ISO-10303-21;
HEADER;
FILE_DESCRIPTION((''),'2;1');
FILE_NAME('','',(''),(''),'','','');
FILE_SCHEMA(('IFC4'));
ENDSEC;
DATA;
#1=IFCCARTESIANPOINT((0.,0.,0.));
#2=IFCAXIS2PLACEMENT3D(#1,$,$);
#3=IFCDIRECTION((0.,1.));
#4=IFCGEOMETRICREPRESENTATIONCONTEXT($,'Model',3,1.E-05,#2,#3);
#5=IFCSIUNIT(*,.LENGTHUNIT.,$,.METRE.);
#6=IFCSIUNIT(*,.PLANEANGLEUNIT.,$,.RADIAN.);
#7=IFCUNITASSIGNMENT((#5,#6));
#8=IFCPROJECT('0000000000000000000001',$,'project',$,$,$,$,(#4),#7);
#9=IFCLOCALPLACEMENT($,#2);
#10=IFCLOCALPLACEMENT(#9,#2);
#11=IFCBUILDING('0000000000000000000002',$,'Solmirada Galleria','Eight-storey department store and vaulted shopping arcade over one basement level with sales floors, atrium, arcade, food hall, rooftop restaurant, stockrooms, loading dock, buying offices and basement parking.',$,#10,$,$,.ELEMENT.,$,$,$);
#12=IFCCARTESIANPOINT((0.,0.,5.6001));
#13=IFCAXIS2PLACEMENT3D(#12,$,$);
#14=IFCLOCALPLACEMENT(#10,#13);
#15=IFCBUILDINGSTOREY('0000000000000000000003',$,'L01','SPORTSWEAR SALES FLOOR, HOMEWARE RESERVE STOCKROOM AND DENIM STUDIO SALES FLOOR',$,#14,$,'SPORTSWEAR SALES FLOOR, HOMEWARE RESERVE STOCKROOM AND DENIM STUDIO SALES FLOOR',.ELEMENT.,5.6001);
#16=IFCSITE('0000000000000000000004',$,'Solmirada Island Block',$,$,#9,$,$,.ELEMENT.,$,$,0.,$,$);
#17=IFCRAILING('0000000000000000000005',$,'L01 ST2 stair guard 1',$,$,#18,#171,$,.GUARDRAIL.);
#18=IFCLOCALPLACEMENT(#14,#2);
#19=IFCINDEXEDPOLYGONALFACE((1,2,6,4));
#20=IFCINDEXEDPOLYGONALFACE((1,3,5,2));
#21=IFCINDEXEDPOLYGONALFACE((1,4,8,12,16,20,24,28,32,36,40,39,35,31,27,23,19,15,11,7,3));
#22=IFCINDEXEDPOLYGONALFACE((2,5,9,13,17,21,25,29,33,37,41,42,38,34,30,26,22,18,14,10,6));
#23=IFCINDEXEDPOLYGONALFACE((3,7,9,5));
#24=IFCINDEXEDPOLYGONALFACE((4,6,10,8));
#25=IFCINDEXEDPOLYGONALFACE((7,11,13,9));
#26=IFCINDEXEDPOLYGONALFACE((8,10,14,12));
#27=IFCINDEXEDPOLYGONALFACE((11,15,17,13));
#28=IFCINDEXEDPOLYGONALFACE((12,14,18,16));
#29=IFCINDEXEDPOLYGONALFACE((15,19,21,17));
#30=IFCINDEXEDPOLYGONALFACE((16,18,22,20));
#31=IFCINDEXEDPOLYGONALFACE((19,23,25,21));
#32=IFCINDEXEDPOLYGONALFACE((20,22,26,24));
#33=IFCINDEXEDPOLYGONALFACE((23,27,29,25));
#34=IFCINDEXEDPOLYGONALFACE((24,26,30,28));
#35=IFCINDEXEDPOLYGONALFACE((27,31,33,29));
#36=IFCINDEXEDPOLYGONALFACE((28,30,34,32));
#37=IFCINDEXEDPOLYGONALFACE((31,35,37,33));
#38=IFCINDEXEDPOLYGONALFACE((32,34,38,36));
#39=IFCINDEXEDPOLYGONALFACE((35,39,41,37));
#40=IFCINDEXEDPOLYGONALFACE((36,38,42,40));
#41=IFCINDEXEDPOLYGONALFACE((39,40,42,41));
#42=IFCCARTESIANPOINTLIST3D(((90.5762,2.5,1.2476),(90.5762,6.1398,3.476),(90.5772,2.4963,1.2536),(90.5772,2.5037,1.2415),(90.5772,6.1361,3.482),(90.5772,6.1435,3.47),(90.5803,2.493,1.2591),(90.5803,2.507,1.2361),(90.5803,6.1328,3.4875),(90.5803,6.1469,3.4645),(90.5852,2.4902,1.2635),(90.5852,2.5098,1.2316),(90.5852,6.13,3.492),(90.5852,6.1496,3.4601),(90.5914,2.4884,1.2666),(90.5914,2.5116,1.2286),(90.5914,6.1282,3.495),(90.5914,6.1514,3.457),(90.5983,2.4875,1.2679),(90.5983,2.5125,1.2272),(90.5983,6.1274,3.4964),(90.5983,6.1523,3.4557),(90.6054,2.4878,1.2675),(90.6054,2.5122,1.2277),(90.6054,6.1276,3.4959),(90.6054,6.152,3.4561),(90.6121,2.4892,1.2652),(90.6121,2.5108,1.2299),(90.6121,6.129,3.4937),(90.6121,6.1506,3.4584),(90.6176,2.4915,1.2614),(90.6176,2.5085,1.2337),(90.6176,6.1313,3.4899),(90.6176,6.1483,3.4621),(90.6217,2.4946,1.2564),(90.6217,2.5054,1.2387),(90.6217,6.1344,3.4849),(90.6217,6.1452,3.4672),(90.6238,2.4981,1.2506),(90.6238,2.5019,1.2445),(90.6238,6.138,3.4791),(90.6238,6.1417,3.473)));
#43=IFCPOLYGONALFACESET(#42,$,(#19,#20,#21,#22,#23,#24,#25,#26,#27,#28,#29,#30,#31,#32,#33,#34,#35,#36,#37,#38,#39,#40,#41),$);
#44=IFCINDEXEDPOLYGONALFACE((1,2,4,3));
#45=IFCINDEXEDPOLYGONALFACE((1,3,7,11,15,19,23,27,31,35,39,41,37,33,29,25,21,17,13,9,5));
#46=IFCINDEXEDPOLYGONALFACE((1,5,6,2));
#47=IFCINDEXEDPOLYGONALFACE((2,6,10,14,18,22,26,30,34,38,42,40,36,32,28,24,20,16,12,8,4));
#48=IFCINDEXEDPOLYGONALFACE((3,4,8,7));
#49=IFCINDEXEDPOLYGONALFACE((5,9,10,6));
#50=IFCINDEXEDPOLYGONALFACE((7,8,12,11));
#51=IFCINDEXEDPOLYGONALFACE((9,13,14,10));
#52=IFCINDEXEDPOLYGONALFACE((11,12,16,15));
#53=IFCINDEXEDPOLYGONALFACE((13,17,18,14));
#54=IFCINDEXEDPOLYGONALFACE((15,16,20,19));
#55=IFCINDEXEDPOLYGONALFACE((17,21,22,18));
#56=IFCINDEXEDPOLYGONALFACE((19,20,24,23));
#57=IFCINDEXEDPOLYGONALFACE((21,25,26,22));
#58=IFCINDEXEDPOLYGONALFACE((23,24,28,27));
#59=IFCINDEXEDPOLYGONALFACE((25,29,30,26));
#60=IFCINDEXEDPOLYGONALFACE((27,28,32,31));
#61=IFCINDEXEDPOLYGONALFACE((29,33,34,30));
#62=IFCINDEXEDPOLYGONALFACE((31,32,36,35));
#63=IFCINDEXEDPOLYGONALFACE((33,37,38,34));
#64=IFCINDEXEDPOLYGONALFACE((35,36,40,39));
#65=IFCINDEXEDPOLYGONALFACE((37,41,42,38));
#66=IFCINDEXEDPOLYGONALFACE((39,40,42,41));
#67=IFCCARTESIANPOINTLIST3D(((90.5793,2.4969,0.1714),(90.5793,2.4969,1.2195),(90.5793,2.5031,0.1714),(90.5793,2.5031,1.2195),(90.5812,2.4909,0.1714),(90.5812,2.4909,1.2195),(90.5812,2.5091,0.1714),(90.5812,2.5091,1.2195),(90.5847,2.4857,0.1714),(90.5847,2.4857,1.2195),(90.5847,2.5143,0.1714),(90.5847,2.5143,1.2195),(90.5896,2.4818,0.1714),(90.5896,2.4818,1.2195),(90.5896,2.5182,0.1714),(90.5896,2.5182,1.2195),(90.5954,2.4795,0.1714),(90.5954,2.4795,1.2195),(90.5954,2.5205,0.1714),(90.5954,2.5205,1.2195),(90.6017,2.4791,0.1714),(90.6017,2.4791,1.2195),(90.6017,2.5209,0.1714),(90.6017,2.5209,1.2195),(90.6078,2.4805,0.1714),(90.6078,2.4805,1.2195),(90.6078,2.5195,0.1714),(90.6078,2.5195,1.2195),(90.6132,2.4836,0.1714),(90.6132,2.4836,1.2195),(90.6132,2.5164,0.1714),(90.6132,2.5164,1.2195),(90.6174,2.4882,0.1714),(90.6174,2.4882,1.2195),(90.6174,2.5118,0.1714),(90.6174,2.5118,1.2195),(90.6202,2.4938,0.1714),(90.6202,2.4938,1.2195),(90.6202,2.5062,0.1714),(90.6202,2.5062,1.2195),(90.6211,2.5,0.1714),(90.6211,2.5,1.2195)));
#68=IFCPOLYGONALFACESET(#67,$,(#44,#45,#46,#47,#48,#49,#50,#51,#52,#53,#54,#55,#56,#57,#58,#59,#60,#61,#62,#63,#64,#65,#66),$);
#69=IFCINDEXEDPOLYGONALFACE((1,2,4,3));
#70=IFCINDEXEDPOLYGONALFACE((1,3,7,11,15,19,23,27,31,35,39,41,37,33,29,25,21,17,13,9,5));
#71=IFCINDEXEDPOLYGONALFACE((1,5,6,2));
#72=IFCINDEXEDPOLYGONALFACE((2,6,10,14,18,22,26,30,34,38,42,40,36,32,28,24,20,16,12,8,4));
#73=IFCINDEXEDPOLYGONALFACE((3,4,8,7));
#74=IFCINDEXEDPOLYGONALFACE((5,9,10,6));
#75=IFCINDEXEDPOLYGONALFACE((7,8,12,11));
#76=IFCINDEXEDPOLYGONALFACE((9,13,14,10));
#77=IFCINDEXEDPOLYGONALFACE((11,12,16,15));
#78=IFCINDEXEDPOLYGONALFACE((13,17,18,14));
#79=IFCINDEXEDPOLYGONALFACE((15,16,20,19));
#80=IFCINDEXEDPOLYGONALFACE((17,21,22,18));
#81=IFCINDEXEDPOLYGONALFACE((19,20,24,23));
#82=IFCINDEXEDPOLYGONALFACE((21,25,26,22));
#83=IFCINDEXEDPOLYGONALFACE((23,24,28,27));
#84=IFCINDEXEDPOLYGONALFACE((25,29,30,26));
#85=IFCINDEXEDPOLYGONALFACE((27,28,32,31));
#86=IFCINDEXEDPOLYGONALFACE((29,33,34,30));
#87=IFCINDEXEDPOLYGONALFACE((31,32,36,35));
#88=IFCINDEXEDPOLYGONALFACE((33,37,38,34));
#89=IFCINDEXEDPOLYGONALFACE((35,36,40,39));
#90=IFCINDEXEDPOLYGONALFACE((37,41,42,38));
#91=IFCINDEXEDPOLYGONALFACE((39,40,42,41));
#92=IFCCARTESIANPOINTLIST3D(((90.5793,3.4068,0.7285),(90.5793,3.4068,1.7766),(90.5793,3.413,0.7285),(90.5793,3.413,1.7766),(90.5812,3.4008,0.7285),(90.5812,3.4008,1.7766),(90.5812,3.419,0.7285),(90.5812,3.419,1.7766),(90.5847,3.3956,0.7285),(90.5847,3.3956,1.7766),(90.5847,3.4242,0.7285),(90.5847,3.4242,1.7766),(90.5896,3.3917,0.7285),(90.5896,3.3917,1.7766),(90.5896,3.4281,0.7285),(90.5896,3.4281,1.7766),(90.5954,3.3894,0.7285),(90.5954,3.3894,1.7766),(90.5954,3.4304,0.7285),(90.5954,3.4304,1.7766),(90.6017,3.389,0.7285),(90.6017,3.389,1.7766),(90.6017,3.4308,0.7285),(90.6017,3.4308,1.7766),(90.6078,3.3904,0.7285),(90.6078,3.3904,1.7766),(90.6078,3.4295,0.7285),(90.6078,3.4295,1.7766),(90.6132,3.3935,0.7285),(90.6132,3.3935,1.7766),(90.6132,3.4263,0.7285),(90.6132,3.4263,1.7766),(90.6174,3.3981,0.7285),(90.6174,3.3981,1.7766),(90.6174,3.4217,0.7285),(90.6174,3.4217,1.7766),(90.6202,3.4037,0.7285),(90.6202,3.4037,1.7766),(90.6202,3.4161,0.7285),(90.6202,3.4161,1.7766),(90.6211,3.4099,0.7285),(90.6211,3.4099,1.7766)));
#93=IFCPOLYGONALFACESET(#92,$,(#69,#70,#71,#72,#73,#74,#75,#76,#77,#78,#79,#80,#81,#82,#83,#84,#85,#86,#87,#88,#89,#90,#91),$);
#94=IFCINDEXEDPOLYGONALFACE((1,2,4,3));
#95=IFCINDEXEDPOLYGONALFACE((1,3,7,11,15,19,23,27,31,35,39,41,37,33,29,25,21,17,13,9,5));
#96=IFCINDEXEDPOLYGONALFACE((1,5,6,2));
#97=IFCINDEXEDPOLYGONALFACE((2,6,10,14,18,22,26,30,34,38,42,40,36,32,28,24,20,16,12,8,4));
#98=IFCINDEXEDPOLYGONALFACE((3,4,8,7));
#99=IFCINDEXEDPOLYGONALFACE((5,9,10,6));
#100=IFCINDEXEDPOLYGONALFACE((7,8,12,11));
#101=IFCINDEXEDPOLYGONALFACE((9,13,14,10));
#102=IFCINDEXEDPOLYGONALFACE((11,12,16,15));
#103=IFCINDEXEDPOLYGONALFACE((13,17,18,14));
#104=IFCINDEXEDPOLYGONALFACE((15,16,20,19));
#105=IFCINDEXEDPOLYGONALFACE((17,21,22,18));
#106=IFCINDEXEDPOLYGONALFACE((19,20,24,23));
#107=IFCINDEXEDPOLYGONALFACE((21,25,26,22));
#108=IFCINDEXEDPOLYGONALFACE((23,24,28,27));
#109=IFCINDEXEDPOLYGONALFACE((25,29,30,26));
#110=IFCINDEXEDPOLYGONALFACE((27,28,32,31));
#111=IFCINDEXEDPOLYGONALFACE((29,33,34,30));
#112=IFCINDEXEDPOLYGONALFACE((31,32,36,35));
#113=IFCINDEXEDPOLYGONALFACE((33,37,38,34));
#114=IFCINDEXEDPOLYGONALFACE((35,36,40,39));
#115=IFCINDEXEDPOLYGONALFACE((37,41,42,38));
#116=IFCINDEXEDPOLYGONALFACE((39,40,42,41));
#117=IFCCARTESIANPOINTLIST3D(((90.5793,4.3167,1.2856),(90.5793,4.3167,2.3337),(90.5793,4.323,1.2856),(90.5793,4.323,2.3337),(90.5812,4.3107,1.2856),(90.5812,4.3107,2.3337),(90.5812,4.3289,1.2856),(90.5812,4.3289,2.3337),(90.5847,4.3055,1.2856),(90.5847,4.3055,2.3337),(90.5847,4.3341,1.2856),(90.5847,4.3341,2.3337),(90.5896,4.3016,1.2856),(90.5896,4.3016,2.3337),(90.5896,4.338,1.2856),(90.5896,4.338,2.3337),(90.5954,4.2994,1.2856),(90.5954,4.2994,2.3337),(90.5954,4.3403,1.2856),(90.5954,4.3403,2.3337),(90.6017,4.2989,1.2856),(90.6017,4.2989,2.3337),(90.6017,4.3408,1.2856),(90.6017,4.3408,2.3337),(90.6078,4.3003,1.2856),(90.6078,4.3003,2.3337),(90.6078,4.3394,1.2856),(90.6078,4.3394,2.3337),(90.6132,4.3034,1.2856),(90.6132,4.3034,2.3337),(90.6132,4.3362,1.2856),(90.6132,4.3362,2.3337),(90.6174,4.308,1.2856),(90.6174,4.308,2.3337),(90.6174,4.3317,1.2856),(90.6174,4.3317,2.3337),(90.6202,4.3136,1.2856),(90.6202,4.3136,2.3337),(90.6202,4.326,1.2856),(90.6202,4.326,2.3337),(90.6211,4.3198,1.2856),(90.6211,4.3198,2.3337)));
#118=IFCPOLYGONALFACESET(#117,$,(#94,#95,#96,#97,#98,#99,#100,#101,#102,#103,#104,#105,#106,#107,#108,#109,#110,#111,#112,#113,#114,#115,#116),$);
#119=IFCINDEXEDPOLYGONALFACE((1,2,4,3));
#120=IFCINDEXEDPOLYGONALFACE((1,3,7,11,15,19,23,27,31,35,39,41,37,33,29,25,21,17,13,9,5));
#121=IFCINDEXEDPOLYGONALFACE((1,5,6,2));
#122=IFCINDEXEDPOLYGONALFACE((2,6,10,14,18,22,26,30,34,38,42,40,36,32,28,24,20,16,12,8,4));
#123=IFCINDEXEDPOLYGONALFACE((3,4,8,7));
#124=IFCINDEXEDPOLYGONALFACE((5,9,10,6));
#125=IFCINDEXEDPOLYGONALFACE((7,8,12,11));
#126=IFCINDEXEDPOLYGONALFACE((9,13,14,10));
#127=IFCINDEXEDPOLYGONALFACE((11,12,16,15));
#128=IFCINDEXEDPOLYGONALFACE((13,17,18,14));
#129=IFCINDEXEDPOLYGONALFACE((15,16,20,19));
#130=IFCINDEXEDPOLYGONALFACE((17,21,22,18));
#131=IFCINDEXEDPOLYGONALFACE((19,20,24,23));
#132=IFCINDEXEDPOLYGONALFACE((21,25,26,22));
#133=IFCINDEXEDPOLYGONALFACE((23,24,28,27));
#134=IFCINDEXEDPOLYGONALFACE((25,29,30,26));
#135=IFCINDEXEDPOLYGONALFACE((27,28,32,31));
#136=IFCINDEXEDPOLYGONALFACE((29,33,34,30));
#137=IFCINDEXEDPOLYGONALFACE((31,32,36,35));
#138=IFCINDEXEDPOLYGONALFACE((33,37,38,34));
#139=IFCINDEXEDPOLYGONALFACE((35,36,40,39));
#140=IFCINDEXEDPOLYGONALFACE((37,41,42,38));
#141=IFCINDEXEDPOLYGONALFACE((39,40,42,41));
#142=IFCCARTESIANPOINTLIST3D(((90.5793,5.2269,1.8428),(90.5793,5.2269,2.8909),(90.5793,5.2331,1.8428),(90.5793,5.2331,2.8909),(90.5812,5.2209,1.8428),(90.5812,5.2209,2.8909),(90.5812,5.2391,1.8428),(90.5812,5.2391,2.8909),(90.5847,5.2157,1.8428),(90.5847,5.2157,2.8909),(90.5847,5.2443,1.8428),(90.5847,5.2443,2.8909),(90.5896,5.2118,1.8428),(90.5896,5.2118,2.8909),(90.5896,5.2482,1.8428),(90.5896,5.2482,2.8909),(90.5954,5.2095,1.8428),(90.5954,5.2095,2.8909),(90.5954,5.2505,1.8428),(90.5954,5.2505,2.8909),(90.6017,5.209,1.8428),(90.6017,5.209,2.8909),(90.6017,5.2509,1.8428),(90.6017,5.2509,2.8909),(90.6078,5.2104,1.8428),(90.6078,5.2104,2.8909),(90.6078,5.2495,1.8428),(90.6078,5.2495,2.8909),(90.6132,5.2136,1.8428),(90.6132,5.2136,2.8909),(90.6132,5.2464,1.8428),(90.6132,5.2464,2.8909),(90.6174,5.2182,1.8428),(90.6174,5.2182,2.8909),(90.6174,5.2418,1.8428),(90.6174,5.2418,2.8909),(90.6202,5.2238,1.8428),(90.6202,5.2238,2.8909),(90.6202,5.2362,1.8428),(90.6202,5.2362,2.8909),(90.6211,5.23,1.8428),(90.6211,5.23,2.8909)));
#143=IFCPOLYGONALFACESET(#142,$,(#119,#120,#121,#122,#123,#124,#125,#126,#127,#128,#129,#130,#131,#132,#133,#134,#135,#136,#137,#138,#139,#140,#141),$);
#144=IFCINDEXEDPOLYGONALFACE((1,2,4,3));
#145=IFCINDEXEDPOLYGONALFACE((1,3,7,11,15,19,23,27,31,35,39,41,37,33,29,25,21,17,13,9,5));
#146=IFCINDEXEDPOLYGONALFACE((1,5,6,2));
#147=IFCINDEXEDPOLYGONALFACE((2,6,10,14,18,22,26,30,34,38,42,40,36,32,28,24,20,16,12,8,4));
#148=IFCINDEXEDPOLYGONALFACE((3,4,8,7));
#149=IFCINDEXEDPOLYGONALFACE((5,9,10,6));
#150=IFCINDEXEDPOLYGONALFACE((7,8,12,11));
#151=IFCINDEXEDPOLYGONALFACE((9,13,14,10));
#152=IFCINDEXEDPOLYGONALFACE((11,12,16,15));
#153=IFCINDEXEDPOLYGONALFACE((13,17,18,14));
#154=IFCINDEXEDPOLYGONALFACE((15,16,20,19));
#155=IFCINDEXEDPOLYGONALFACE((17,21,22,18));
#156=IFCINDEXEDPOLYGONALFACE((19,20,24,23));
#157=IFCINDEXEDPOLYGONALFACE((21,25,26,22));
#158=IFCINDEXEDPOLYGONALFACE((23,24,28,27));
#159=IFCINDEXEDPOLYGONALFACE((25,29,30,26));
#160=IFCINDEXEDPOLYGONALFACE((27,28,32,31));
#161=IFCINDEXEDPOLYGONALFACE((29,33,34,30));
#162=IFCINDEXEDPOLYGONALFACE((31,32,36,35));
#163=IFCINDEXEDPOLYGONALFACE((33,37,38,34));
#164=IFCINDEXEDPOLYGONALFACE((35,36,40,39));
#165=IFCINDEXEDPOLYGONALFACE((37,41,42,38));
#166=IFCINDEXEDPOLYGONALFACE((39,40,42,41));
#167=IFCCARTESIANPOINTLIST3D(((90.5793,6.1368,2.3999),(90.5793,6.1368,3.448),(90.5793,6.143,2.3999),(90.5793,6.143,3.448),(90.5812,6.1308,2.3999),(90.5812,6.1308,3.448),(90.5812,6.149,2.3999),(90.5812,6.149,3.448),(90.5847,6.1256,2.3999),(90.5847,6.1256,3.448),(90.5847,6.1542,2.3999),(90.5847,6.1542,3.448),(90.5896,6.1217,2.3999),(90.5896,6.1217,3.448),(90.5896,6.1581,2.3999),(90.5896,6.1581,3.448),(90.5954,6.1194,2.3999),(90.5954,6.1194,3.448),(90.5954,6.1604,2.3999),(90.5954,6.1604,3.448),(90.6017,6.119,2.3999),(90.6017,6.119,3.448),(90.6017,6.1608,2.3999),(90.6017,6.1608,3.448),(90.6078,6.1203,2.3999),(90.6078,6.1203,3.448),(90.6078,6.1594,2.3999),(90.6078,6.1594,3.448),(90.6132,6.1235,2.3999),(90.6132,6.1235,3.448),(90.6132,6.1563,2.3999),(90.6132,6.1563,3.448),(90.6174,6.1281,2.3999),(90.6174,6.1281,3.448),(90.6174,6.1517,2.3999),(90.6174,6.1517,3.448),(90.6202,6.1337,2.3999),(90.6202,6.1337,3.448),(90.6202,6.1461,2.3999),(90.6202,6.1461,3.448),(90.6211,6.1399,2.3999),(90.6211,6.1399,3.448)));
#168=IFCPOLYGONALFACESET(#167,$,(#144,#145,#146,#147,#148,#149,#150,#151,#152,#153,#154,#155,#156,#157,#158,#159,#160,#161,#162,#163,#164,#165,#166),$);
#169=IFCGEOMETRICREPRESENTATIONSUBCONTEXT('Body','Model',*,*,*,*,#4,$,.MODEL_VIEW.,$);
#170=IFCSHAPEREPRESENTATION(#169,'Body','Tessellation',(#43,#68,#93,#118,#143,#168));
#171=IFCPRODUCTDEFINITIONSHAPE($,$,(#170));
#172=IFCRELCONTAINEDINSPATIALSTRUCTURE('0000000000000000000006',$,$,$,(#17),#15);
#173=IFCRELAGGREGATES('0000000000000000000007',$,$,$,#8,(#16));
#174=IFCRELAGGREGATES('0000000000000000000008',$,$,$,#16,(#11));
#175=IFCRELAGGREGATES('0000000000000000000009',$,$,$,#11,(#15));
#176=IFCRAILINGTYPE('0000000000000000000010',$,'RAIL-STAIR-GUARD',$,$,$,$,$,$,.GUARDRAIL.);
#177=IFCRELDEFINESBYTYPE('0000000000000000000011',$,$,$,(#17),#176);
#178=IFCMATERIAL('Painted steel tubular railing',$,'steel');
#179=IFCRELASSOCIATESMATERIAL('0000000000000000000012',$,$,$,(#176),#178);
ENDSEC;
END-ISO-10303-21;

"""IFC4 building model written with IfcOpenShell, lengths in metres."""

from ifc_helpers import new_model, si_unit, direction, frame, origin, origin_2d, place, context, subcontext, project, spatial, circle, extrude, material, type_object, element, save


model = new_model("IFC4")

# Units and contexts
model_context = context("Model", 3, precision=1e-05, world=origin(), true_north=direction((0.0, 1.0)))
body_context = subcontext(model_context, "Body", "Model", "MODEL_VIEW")
ifc_project = project(units=[si_unit("LENGTHUNIT", "METRE"), si_unit("PLANEANGLEUNIT", "RADIAN")], contexts=[model_context])

# Site, building, storey
site_placement = place(None, origin())
site = spatial("IfcSite", under=ifc_project, at=site_placement, Name="Solmirada Island Block", CompositionType="ELEMENT", RefElevation=0.0)
building_placement = place(site_placement, origin())
building = spatial("IfcBuilding", under=site, at=building_placement, Name="Solmirada Galleria", Description="Eight-storey department store and vaulted shopping arcade over one basement level with sales floors, atrium, arcade, food hall, rooftop restaurant, stockrooms, loading dock, buying offices and basement parking.", CompositionType="ELEMENT")
storey_placement = place(building_placement, frame((0.0, 0.0, 5.6001)))
storey = spatial("IfcBuildingStorey", under=building, at=storey_placement, Name="L01", Description="SPORTSWEAR SALES FLOOR, HOMEWARE RESERVE STOCKROOM AND DENIM STUDIO SALES FLOOR", LongName="SPORTSWEAR SALES FLOOR, HOMEWARE RESERVE STOCKROOM AND DENIM STUDIO SALES FLOOR", CompositionType="ELEMENT", Elevation=5.6001)

# Railing
ifc_material_1 = material(Name="Painted steel tubular railing", Category="steel")
railing_type_1 = type_object("IfcRailingType", Name="RAIL-STAIR-GUARD", PredefinedType="GUARDRAIL", material=ifc_material_1)
railing_1_placement = place(storey_placement, frame((90.6001, 2.5, 0.1714)))
element("IfcRailing", 1, at=railing_1_placement, inside=storey, type_object=railing_type_1, Name="L01 ST2 stair guard 1", PredefinedType="GUARDRAIL", context=body_context, shape_type="SweptSolid", body=[
    extrude(circle(Radius=0.0239, at=origin_2d()), frame((0.0, 0.0, 1.0762), z_axis=(0.0, 0.85285, 0.522156), x_axis=(-1.0, 0.0, 0.0)), (0.0, 0.0, 1.0), 4.2678),
    extrude(circle(Radius=0.021, at=origin_2d()), origin(), (0.0, 0.0, 1.0), 1.0481),
    extrude(circle(Radius=0.021, at=origin_2d()), frame((0.0, 0.9099, 0.5571)), (0.0, 0.0, 1.0), 1.0481),
    extrude(circle(Radius=0.021, at=origin_2d()), frame((0.0, 1.8198, 1.1143)), (0.0, 0.0, 1.0), 1.0481),
    extrude(circle(Radius=0.021, at=origin_2d()), frame((0.0, 2.73, 1.6714)), (0.0, 0.0, 1.0), 1.0481),
    extrude(circle(Radius=0.021, at=origin_2d()), frame((0.0, 3.6399, 2.2285)), (0.0, 0.0, 1.0), 1.0481),
])

save(model, "model.ifc")
